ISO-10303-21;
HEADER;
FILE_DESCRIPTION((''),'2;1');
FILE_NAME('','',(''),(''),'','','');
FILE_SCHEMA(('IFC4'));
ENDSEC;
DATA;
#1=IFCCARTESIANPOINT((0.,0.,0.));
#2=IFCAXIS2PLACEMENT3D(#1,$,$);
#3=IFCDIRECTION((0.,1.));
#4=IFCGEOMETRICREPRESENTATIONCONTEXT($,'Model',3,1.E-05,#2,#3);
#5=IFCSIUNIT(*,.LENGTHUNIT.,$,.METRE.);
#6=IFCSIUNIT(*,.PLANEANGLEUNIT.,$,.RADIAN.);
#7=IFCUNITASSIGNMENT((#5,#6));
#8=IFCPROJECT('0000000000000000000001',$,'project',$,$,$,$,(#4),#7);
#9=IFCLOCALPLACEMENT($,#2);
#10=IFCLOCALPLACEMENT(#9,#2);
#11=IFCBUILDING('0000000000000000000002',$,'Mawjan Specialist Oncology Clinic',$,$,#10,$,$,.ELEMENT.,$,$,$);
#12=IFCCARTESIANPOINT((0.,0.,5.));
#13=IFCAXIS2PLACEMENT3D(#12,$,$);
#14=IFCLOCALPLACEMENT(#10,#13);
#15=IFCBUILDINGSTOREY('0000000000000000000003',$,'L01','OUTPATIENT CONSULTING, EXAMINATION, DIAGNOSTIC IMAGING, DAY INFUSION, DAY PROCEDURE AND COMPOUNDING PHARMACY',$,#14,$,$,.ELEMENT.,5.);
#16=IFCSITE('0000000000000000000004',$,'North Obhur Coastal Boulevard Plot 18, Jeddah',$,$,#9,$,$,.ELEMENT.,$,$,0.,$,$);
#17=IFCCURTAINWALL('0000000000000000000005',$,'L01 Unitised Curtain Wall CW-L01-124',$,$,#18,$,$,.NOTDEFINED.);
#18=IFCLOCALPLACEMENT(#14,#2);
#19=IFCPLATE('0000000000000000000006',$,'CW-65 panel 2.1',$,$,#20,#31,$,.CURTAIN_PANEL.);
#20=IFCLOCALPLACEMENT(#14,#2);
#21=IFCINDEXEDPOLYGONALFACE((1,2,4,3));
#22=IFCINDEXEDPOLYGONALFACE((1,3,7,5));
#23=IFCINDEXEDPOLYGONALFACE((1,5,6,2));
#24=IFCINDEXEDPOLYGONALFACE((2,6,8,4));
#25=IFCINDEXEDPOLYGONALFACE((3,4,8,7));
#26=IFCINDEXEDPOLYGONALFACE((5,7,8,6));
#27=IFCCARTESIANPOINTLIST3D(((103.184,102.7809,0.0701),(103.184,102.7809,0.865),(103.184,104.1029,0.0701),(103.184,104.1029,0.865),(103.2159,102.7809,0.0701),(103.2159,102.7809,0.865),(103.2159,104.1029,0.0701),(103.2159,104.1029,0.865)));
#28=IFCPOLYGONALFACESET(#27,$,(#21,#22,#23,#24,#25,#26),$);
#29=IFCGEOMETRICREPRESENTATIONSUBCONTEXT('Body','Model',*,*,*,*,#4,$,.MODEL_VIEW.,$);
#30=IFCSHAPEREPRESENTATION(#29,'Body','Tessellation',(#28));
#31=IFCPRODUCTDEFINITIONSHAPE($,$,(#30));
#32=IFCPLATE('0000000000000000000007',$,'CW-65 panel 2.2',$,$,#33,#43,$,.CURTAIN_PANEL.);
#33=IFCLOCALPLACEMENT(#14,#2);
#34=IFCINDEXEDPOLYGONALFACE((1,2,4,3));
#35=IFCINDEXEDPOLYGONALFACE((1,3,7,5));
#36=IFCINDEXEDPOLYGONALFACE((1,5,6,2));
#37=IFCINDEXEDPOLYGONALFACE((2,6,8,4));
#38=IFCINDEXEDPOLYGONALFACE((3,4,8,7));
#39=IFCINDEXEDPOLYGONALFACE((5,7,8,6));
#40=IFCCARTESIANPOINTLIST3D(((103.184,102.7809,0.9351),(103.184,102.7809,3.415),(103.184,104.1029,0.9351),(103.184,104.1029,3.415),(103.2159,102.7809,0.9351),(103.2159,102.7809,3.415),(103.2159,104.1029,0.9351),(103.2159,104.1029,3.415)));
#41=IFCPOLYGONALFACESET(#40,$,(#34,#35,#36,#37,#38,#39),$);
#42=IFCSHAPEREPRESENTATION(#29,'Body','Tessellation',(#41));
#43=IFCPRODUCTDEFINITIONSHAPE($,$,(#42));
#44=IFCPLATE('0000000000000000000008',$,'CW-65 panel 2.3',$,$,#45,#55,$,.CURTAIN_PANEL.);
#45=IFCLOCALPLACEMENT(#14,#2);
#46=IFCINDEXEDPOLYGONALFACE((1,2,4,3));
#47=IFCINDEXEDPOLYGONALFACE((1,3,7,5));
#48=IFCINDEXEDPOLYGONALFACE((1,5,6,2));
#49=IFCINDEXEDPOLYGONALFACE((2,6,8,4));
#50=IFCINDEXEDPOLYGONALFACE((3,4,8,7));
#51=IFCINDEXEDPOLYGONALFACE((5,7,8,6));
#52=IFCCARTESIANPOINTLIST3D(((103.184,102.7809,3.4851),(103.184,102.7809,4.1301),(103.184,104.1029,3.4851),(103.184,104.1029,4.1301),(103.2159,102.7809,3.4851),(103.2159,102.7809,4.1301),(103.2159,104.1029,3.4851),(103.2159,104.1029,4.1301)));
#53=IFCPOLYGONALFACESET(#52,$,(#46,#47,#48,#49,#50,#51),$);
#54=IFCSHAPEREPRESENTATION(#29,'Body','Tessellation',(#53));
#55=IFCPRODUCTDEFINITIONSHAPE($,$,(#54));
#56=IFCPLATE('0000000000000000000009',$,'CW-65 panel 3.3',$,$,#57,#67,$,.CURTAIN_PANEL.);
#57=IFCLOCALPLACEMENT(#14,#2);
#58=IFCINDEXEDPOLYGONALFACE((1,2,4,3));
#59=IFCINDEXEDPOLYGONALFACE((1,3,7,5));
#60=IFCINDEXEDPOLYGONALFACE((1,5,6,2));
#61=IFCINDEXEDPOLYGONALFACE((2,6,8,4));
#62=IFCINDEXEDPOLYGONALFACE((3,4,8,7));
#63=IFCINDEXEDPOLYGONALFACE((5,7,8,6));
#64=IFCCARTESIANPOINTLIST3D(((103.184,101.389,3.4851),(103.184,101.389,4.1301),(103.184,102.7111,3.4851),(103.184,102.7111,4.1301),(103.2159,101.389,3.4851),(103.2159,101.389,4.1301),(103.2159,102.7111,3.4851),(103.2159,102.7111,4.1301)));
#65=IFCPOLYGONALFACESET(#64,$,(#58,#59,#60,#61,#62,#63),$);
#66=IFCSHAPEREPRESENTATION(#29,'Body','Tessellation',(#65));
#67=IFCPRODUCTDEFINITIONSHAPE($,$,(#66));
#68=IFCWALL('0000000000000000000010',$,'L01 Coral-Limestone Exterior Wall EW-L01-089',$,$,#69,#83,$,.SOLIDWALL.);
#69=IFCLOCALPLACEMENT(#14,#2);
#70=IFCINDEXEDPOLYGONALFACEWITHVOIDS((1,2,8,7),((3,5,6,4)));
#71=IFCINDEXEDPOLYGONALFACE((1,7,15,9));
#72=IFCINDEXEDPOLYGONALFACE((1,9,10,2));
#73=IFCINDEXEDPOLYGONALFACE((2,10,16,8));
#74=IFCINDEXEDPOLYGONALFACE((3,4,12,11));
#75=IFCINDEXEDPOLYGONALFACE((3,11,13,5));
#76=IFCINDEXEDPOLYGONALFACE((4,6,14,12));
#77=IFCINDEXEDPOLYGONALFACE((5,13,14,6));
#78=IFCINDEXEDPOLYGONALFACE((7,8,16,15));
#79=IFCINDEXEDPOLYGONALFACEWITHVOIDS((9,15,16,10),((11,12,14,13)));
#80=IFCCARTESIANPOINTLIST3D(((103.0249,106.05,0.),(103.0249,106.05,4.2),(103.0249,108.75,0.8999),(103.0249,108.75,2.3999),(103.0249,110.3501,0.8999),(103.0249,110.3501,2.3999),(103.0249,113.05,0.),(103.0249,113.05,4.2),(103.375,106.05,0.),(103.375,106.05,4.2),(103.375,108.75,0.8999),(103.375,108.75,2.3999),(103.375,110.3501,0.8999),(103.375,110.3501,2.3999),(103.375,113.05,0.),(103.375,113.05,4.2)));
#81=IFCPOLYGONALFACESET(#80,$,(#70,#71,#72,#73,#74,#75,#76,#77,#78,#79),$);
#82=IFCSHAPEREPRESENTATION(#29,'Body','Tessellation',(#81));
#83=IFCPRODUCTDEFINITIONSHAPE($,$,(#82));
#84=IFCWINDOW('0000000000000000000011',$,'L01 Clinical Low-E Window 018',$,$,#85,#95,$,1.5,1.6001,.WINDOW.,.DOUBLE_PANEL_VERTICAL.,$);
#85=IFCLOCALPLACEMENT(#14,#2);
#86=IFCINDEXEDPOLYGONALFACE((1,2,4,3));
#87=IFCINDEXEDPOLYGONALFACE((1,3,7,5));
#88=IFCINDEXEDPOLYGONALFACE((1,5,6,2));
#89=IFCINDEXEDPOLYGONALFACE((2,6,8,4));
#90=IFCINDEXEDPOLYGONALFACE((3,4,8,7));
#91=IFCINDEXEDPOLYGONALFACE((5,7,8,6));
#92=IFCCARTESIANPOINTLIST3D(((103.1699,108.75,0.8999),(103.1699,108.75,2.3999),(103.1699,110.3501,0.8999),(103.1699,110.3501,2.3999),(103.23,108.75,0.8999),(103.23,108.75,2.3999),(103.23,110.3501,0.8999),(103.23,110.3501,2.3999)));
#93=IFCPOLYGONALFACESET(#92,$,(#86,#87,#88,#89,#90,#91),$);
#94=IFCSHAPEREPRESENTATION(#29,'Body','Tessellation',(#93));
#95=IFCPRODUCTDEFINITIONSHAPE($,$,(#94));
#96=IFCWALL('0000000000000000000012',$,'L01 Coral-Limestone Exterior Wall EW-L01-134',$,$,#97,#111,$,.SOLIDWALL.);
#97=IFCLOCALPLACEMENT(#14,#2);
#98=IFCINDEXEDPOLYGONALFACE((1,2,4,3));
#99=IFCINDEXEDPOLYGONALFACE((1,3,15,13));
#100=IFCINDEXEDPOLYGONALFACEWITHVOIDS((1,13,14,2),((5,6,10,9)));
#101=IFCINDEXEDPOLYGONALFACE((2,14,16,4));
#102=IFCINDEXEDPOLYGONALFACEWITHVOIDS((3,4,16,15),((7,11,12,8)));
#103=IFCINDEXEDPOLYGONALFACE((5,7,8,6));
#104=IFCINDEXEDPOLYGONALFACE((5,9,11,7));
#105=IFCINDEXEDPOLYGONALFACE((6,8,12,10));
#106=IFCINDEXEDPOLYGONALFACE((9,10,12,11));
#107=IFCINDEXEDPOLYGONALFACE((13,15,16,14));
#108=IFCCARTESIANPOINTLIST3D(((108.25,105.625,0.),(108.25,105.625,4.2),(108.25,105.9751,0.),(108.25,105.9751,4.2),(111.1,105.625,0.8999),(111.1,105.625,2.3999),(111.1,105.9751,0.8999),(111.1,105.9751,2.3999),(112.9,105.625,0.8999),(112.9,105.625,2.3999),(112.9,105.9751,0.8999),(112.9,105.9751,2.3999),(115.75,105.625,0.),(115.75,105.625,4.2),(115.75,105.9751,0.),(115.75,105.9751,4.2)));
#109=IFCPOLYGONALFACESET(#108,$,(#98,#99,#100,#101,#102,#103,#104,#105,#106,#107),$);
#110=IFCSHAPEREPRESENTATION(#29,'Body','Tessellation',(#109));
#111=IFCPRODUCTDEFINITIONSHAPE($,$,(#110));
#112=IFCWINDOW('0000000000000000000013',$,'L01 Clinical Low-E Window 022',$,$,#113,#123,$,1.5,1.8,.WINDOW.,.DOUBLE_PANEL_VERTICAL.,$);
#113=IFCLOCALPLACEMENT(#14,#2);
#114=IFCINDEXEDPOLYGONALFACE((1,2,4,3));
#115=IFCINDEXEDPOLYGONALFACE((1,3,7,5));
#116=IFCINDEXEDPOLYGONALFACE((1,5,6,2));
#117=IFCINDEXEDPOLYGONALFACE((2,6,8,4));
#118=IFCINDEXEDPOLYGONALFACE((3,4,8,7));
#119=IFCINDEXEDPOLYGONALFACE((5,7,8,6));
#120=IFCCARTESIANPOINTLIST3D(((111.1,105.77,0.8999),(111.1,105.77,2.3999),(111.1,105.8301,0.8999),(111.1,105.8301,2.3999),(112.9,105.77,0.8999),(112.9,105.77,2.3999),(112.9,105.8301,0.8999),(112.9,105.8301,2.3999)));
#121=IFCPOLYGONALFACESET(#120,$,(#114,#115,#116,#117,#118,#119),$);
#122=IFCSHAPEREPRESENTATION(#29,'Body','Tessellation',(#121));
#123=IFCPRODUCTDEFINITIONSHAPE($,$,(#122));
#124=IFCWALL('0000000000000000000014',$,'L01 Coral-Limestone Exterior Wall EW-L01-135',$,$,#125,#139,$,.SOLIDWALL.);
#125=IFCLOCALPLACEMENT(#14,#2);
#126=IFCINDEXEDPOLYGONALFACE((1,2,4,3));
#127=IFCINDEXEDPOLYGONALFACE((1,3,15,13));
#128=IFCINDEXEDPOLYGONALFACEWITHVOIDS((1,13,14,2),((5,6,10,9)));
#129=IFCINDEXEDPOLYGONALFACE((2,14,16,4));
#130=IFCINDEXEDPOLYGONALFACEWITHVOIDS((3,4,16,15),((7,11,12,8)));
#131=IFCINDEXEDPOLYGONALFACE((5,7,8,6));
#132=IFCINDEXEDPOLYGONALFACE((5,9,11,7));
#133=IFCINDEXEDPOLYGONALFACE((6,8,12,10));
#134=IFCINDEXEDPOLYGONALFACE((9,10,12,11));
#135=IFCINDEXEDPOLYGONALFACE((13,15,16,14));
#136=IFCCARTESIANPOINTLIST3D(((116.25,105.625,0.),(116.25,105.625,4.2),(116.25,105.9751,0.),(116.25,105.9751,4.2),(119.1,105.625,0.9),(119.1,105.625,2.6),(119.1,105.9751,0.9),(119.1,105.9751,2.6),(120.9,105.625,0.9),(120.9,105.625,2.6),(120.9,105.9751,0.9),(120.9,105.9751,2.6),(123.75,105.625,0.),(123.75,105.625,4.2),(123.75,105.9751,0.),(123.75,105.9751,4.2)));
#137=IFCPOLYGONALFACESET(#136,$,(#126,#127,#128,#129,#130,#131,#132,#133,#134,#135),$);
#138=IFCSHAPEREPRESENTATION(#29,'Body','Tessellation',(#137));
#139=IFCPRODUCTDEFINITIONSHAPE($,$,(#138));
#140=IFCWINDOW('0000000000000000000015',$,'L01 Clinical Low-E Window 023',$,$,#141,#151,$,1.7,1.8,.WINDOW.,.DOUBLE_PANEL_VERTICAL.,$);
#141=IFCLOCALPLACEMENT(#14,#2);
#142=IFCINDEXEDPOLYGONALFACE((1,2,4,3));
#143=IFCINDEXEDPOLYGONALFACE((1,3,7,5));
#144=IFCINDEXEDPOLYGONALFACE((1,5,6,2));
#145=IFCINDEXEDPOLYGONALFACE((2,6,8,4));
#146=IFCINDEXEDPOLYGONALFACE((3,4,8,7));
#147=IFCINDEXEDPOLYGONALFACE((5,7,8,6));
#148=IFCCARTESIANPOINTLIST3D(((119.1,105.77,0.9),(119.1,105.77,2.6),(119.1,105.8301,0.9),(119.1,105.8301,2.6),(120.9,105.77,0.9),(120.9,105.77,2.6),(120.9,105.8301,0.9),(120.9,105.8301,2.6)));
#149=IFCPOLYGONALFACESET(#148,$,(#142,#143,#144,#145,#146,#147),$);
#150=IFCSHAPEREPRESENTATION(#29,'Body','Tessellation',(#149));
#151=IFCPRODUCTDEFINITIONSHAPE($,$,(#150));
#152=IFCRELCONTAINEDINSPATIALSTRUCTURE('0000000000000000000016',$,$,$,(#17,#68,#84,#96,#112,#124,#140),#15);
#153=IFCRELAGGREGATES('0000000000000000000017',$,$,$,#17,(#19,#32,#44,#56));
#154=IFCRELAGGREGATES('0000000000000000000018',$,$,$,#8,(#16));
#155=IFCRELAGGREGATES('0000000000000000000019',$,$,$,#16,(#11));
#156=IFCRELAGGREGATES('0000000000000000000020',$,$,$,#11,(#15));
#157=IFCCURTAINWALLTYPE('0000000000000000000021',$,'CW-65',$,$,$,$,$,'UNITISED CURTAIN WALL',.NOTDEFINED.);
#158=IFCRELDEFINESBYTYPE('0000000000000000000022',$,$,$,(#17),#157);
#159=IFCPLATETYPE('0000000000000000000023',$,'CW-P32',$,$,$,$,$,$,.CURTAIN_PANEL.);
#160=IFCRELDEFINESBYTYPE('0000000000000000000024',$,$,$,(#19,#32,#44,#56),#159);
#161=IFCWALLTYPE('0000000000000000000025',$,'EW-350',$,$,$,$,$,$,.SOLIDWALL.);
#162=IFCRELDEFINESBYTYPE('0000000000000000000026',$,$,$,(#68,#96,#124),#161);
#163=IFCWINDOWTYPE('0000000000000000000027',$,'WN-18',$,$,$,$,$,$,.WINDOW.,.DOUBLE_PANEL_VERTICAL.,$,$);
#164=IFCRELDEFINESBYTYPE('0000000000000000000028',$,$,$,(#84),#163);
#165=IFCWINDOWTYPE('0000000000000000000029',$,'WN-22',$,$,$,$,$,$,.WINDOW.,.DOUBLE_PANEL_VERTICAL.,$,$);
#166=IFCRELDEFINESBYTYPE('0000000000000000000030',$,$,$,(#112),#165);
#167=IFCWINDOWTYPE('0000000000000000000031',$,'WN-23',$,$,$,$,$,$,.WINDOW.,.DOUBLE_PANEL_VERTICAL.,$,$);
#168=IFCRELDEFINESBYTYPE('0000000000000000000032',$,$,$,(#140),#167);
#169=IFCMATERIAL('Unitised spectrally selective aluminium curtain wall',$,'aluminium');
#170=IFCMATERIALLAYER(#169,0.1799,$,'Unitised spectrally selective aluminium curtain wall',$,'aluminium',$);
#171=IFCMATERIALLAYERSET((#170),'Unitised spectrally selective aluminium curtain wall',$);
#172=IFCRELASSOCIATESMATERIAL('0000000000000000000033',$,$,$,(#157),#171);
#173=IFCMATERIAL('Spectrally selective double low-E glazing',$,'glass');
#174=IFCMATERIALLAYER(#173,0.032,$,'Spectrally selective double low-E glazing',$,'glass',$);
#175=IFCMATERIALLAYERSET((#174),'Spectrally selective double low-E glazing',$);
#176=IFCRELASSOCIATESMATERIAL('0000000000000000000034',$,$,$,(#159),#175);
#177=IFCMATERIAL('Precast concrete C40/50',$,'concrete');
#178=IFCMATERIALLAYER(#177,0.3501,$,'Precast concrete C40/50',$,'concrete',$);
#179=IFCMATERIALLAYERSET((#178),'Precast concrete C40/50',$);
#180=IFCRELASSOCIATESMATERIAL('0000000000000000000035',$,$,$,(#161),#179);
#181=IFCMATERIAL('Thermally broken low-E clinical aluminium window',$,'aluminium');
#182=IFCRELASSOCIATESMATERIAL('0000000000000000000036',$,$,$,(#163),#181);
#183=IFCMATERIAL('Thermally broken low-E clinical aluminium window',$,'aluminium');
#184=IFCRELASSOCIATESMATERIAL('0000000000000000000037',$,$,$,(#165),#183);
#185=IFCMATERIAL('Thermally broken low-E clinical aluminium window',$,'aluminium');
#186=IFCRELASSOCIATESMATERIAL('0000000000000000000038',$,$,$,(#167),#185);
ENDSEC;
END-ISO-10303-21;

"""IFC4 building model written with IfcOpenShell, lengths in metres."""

from ifc_helpers import new_model, si_unit, direction, frame, frame_2d, origin, origin_2d, place, context, subcontext, project, spatial, rectangle, extrude, material, layer, layer_set, type_object, element, fill, aggregate, save


model = new_model("IFC4")

# Units and contexts
model_context = context("Model", 3, precision=1e-05, world=origin(), true_north=direction((0.0, 1.0)))
body_context = subcontext(model_context, "Body", "Model", "MODEL_VIEW")
ifc_project = project(units=[si_unit("LENGTHUNIT", "METRE"), si_unit("PLANEANGLEUNIT", "RADIAN")], contexts=[model_context])

# Site, building, storey
site_placement = place(None, origin())
site = spatial("IfcSite", under=ifc_project, at=site_placement, Name="North Obhur Coastal Boulevard Plot 18, Jeddah", CompositionType="ELEMENT", RefElevation=0.0)
building_placement = place(site_placement, origin())
building = spatial("IfcBuilding", under=site, at=building_placement, Name="Mawjan Specialist Oncology Clinic", CompositionType="ELEMENT")
storey_placement = place(building_placement, frame((0.0, 0.0, 5.0)))
storey = spatial("IfcBuildingStorey", under=building, at=storey_placement, Name="L01", Description="OUTPATIENT CONSULTING, EXAMINATION, DIAGNOSTIC IMAGING, DAY INFUSION, DAY PROCEDURE AND COMPOUNDING PHARMACY", CompositionType="ELEMENT", Elevation=5.0)

# Curtain wall
ifc_material_1 = material(Name="Unitised spectrally selective aluminium curtain wall", Category="aluminium")
ifc_layer_1 = layer(ifc_material_1, 0.1799, Name="Unitised spectrally selective aluminium curtain wall", Category="aluminium")
ifc_layer_set_1 = layer_set([ifc_layer_1], Name="Unitised spectrally selective aluminium curtain wall")
curtain_wall_type = type_object("IfcCurtainWallType", Name="CW-65", ElementType="UNITISED CURTAIN WALL", PredefinedType="NOTDEFINED", material=ifc_layer_set_1)
curtain_wall_placement = place(storey_placement, origin())
curtain_wall = element("IfcCurtainWall", 1, at=curtain_wall_placement, inside=storey, type_object=curtain_wall_type, Name="L01 Unitised Curtain Wall CW-L01-124", PredefinedType="NOTDEFINED")

# Plates
ifc_material_2 = material(Name="Spectrally selective double low-E glazing", Category="glass")
ifc_layer_2 = layer(ifc_material_2, 0.032, Name="Spectrally selective double low-E glazing", Category="glass")
ifc_layer_set_2 = layer_set([ifc_layer_2], Name="Spectrally selective double low-E glazing")
plate_type = type_object("IfcPlateType", Name="CW-P32", PredefinedType="CURTAIN_PANEL", material=ifc_layer_set_2)
plate_1_placement = place(storey_placement, frame((103.2, 103.4419, 0.0701), z_axis=(0.0, 0.0, 1.0), x_axis=(0.0, -1.0, 0.0)))
plate_1 = element("IfcPlate", 2, at=plate_1_placement, type_object=plate_type, Name="CW-65 panel 2.1", PredefinedType="CURTAIN_PANEL", context=body_context, shape_type="SweptSolid", body=[
    extrude(rectangle(XDim=1.322, YDim=0.032, at=origin_2d()), origin(), (0.0, 0.0, 1.0), 0.7949),
])
plate_2_placement = place(storey_placement, frame((103.2, 103.4419, 0.9351), z_axis=(0.0, 0.0, 1.0), x_axis=(0.0, -1.0, 0.0)))
plate_2 = element("IfcPlate", 3, at=plate_2_placement, type_object=plate_type, Name="CW-65 panel 2.2", PredefinedType="CURTAIN_PANEL", context=body_context, shape_type="SweptSolid", body=[
    extrude(rectangle(XDim=1.322, YDim=0.032, at=origin_2d()), origin(), (0.0, 0.0, 1.0), 2.48),
])
plate_3_placement = place(storey_placement, frame((103.2, 103.4419, 3.4851), z_axis=(0.0, 0.0, 1.0), x_axis=(0.0, -1.0, 0.0)))
plate_3 = element("IfcPlate", 4, at=plate_3_placement, type_object=plate_type, Name="CW-65 panel 2.3", PredefinedType="CURTAIN_PANEL", context=body_context, shape_type="SweptSolid", body=[
    extrude(rectangle(XDim=1.322, YDim=0.032, at=origin_2d()), origin(), (0.0, 0.0, 1.0), 0.645),
])
plate_4_placement = place(storey_placement, frame((103.2, 102.05, 3.4851), z_axis=(0.0, 0.0, 1.0), x_axis=(0.0, -1.0, 0.0)))
plate_4 = element("IfcPlate", 5, at=plate_4_placement, type_object=plate_type, Name="CW-65 panel 3.3", PredefinedType="CURTAIN_PANEL", context=body_context, shape_type="SweptSolid", body=[
    extrude(rectangle(XDim=1.322, YDim=0.032, at=origin_2d()), origin(), (0.0, 0.0, 1.0), 0.645),
])
aggregate(curtain_wall, [plate_1, plate_2, plate_3, plate_4])

# Walls, openings, windows
ifc_material_3 = material(Name="Precast concrete C40/50", Category="concrete")
ifc_layer_3 = layer(ifc_material_3, 0.3501, Name="Precast concrete C40/50", Category="concrete")
ifc_layer_set_3 = layer_set([ifc_layer_3], Name="Precast concrete C40/50")
wall_type = type_object("IfcWallType", Name="EW-350", PredefinedType="SOLIDWALL", material=ifc_layer_set_3)
wall_1_placement = place(storey_placement, frame((103.2, 113.05, 0.0), z_axis=(0.0, 0.0, 1.0), x_axis=(0.0, -1.0, 0.0)))
wall_1 = element("IfcWall", 6, at=wall_1_placement, inside=storey, type_object=wall_type, Name="L01 Coral-Limestone Exterior Wall EW-L01-089", PredefinedType="SOLIDWALL", context=body_context, shape_type="SweptSolid", body=[
    extrude(rectangle(XDim=7.0, YDim=0.3501, at=frame_2d((3.5, 0.0))), origin(), (0.0, 0.0, 1.0), 4.2),
])
opening_1_placement = place(wall_1_placement, frame((2.7, 0.0, 0.8999)))
opening_1 = element("IfcOpeningElement", 7, at=opening_1_placement, cuts=wall_1, PredefinedType="OPENING", context=body_context, shape_type="SweptSolid", body=[
    extrude(rectangle(XDim=1.6001, YDim=1.5, at=frame_2d((0.8, 0.75))), frame((0.0, 0.187, 0.0), z_axis=(0.0, -1.0, 0.0), x_axis=(1.0, 0.0, 0.0)), (0.0, 0.0, 1.0), 0.374),
])
ifc_material_4 = material(Name="Thermally broken low-E clinical aluminium window", Category="aluminium")
window_type_1 = type_object("IfcWindowType", Name="WN-18", PartitioningType="DOUBLE_PANEL_VERTICAL", PredefinedType="WINDOW", material=ifc_material_4)
window_1_placement = place(opening_1_placement, origin())
window_1 = element("IfcWindow", 8, at=window_1_placement, inside=storey, type_object=window_type_1, Name="L01 Clinical Low-E Window 018", OverallHeight=1.5, OverallWidth=1.6001, PartitioningType="DOUBLE_PANEL_VERTICAL", PredefinedType="WINDOW", context=body_context, shape_type="SweptSolid", body=[
    extrude(rectangle(XDim=1.6001, YDim=1.5, at=frame_2d((0.8, 0.75))), frame((0.0, 0.03, 0.0), z_axis=(0.0, -1.0, 0.0), x_axis=(1.0, 0.0, 0.0)), (0.0, 0.0, 1.0), 0.0601),
])
fill(opening_1, window_1)
wall_2_placement = place(storey_placement, frame((108.25, 105.8, 0.0), z_axis=(0.0, 0.0, 1.0), x_axis=(1.0, 0.0, 0.0)))
wall_2 = element("IfcWall", 9, at=wall_2_placement, inside=storey, type_object=wall_type, Name="L01 Coral-Limestone Exterior Wall EW-L01-134", PredefinedType="SOLIDWALL", context=body_context, shape_type="SweptSolid", body=[
    extrude(rectangle(XDim=7.5, YDim=0.3501, at=frame_2d((3.75, 0.0))), origin(), (0.0, 0.0, 1.0), 4.2),
])
opening_2_placement = place(wall_2_placement, frame((2.8501, 0.0, 0.8999)))
opening_2 = element("IfcOpeningElement", 10, at=opening_2_placement, cuts=wall_2, PredefinedType="OPENING", context=body_context, shape_type="SweptSolid", body=[
    extrude(rectangle(XDim=1.8, YDim=1.5, at=frame_2d((0.8999, 0.75))), frame((0.0, 0.187, 0.0), z_axis=(0.0, -1.0, 0.0), x_axis=(1.0, 0.0, 0.0)), (0.0, 0.0, 1.0), 0.374),
])
ifc_material_5 = material(Name="Thermally broken low-E clinical aluminium window", Category="aluminium")
window_type_2 = type_object("IfcWindowType", Name="WN-22", PartitioningType="DOUBLE_PANEL_VERTICAL", PredefinedType="WINDOW", material=ifc_material_5)
window_2_placement = place(opening_2_placement, origin())
window_2 = element("IfcWindow", 11, at=window_2_placement, inside=storey, type_object=window_type_2, Name="L01 Clinical Low-E Window 022", OverallHeight=1.5, OverallWidth=1.8, PartitioningType="DOUBLE_PANEL_VERTICAL", PredefinedType="WINDOW", context=body_context, shape_type="SweptSolid", body=[
    extrude(rectangle(XDim=1.8, YDim=1.5, at=frame_2d((0.8999, 0.75))), frame((0.0, 0.03, 0.0), z_axis=(0.0, -1.0, 0.0), x_axis=(1.0, 0.0, 0.0)), (0.0, 0.0, 1.0), 0.0601),
])
fill(opening_2, window_2)
wall_3_placement = place(storey_placement, frame((116.25, 105.8, 0.0), z_axis=(0.0, 0.0, 1.0), x_axis=(1.0, 0.0, 0.0)))
wall_3 = element("IfcWall", 12, at=wall_3_placement, inside=storey, type_object=wall_type, Name="L01 Coral-Limestone Exterior Wall EW-L01-135", PredefinedType="SOLIDWALL", context=body_context, shape_type="SweptSolid", body=[
    extrude(rectangle(XDim=7.5, YDim=0.3501, at=frame_2d((3.75, 0.0))), origin(), (0.0, 0.0, 1.0), 4.2),
])
opening_3_placement = place(wall_3_placement, frame((2.8501, 0.0, 0.8999)))
opening_3 = element("IfcOpeningElement", 13, at=opening_3_placement, cuts=wall_3, PredefinedType="OPENING", context=body_context, shape_type="SweptSolid", body=[
    extrude(rectangle(XDim=1.8, YDim=1.7, at=frame_2d((0.8999, 0.8501))), frame((0.0, 0.187, 0.0), z_axis=(0.0, -1.0, 0.0), x_axis=(1.0, 0.0, 0.0)), (0.0, 0.0, 1.0), 0.374),
])
ifc_material_6 = material(Name="Thermally broken low-E clinical aluminium window", Category="aluminium")
window_type_3 = type_object("IfcWindowType", Name="WN-23", PartitioningType="DOUBLE_PANEL_VERTICAL", PredefinedType="WINDOW", material=ifc_material_6)
window_3_placement = place(opening_3_placement, origin())
window_3 = element("IfcWindow", 14, at=window_3_placement, inside=storey, type_object=window_type_3, Name="L01 Clinical Low-E Window 023", OverallHeight=1.7, OverallWidth=1.8, PartitioningType="DOUBLE_PANEL_VERTICAL", PredefinedType="WINDOW", context=body_context, shape_type="SweptSolid", body=[
    extrude(rectangle(XDim=1.8, YDim=1.7, at=frame_2d((0.8999, 0.8501))), frame((0.0, 0.03, 0.0), z_axis=(0.0, -1.0, 0.0), x_axis=(1.0, 0.0, 0.0)), (0.0, 0.0, 1.0), 0.0601),
])
fill(opening_3, window_3)

save(model, "model.ifc")
